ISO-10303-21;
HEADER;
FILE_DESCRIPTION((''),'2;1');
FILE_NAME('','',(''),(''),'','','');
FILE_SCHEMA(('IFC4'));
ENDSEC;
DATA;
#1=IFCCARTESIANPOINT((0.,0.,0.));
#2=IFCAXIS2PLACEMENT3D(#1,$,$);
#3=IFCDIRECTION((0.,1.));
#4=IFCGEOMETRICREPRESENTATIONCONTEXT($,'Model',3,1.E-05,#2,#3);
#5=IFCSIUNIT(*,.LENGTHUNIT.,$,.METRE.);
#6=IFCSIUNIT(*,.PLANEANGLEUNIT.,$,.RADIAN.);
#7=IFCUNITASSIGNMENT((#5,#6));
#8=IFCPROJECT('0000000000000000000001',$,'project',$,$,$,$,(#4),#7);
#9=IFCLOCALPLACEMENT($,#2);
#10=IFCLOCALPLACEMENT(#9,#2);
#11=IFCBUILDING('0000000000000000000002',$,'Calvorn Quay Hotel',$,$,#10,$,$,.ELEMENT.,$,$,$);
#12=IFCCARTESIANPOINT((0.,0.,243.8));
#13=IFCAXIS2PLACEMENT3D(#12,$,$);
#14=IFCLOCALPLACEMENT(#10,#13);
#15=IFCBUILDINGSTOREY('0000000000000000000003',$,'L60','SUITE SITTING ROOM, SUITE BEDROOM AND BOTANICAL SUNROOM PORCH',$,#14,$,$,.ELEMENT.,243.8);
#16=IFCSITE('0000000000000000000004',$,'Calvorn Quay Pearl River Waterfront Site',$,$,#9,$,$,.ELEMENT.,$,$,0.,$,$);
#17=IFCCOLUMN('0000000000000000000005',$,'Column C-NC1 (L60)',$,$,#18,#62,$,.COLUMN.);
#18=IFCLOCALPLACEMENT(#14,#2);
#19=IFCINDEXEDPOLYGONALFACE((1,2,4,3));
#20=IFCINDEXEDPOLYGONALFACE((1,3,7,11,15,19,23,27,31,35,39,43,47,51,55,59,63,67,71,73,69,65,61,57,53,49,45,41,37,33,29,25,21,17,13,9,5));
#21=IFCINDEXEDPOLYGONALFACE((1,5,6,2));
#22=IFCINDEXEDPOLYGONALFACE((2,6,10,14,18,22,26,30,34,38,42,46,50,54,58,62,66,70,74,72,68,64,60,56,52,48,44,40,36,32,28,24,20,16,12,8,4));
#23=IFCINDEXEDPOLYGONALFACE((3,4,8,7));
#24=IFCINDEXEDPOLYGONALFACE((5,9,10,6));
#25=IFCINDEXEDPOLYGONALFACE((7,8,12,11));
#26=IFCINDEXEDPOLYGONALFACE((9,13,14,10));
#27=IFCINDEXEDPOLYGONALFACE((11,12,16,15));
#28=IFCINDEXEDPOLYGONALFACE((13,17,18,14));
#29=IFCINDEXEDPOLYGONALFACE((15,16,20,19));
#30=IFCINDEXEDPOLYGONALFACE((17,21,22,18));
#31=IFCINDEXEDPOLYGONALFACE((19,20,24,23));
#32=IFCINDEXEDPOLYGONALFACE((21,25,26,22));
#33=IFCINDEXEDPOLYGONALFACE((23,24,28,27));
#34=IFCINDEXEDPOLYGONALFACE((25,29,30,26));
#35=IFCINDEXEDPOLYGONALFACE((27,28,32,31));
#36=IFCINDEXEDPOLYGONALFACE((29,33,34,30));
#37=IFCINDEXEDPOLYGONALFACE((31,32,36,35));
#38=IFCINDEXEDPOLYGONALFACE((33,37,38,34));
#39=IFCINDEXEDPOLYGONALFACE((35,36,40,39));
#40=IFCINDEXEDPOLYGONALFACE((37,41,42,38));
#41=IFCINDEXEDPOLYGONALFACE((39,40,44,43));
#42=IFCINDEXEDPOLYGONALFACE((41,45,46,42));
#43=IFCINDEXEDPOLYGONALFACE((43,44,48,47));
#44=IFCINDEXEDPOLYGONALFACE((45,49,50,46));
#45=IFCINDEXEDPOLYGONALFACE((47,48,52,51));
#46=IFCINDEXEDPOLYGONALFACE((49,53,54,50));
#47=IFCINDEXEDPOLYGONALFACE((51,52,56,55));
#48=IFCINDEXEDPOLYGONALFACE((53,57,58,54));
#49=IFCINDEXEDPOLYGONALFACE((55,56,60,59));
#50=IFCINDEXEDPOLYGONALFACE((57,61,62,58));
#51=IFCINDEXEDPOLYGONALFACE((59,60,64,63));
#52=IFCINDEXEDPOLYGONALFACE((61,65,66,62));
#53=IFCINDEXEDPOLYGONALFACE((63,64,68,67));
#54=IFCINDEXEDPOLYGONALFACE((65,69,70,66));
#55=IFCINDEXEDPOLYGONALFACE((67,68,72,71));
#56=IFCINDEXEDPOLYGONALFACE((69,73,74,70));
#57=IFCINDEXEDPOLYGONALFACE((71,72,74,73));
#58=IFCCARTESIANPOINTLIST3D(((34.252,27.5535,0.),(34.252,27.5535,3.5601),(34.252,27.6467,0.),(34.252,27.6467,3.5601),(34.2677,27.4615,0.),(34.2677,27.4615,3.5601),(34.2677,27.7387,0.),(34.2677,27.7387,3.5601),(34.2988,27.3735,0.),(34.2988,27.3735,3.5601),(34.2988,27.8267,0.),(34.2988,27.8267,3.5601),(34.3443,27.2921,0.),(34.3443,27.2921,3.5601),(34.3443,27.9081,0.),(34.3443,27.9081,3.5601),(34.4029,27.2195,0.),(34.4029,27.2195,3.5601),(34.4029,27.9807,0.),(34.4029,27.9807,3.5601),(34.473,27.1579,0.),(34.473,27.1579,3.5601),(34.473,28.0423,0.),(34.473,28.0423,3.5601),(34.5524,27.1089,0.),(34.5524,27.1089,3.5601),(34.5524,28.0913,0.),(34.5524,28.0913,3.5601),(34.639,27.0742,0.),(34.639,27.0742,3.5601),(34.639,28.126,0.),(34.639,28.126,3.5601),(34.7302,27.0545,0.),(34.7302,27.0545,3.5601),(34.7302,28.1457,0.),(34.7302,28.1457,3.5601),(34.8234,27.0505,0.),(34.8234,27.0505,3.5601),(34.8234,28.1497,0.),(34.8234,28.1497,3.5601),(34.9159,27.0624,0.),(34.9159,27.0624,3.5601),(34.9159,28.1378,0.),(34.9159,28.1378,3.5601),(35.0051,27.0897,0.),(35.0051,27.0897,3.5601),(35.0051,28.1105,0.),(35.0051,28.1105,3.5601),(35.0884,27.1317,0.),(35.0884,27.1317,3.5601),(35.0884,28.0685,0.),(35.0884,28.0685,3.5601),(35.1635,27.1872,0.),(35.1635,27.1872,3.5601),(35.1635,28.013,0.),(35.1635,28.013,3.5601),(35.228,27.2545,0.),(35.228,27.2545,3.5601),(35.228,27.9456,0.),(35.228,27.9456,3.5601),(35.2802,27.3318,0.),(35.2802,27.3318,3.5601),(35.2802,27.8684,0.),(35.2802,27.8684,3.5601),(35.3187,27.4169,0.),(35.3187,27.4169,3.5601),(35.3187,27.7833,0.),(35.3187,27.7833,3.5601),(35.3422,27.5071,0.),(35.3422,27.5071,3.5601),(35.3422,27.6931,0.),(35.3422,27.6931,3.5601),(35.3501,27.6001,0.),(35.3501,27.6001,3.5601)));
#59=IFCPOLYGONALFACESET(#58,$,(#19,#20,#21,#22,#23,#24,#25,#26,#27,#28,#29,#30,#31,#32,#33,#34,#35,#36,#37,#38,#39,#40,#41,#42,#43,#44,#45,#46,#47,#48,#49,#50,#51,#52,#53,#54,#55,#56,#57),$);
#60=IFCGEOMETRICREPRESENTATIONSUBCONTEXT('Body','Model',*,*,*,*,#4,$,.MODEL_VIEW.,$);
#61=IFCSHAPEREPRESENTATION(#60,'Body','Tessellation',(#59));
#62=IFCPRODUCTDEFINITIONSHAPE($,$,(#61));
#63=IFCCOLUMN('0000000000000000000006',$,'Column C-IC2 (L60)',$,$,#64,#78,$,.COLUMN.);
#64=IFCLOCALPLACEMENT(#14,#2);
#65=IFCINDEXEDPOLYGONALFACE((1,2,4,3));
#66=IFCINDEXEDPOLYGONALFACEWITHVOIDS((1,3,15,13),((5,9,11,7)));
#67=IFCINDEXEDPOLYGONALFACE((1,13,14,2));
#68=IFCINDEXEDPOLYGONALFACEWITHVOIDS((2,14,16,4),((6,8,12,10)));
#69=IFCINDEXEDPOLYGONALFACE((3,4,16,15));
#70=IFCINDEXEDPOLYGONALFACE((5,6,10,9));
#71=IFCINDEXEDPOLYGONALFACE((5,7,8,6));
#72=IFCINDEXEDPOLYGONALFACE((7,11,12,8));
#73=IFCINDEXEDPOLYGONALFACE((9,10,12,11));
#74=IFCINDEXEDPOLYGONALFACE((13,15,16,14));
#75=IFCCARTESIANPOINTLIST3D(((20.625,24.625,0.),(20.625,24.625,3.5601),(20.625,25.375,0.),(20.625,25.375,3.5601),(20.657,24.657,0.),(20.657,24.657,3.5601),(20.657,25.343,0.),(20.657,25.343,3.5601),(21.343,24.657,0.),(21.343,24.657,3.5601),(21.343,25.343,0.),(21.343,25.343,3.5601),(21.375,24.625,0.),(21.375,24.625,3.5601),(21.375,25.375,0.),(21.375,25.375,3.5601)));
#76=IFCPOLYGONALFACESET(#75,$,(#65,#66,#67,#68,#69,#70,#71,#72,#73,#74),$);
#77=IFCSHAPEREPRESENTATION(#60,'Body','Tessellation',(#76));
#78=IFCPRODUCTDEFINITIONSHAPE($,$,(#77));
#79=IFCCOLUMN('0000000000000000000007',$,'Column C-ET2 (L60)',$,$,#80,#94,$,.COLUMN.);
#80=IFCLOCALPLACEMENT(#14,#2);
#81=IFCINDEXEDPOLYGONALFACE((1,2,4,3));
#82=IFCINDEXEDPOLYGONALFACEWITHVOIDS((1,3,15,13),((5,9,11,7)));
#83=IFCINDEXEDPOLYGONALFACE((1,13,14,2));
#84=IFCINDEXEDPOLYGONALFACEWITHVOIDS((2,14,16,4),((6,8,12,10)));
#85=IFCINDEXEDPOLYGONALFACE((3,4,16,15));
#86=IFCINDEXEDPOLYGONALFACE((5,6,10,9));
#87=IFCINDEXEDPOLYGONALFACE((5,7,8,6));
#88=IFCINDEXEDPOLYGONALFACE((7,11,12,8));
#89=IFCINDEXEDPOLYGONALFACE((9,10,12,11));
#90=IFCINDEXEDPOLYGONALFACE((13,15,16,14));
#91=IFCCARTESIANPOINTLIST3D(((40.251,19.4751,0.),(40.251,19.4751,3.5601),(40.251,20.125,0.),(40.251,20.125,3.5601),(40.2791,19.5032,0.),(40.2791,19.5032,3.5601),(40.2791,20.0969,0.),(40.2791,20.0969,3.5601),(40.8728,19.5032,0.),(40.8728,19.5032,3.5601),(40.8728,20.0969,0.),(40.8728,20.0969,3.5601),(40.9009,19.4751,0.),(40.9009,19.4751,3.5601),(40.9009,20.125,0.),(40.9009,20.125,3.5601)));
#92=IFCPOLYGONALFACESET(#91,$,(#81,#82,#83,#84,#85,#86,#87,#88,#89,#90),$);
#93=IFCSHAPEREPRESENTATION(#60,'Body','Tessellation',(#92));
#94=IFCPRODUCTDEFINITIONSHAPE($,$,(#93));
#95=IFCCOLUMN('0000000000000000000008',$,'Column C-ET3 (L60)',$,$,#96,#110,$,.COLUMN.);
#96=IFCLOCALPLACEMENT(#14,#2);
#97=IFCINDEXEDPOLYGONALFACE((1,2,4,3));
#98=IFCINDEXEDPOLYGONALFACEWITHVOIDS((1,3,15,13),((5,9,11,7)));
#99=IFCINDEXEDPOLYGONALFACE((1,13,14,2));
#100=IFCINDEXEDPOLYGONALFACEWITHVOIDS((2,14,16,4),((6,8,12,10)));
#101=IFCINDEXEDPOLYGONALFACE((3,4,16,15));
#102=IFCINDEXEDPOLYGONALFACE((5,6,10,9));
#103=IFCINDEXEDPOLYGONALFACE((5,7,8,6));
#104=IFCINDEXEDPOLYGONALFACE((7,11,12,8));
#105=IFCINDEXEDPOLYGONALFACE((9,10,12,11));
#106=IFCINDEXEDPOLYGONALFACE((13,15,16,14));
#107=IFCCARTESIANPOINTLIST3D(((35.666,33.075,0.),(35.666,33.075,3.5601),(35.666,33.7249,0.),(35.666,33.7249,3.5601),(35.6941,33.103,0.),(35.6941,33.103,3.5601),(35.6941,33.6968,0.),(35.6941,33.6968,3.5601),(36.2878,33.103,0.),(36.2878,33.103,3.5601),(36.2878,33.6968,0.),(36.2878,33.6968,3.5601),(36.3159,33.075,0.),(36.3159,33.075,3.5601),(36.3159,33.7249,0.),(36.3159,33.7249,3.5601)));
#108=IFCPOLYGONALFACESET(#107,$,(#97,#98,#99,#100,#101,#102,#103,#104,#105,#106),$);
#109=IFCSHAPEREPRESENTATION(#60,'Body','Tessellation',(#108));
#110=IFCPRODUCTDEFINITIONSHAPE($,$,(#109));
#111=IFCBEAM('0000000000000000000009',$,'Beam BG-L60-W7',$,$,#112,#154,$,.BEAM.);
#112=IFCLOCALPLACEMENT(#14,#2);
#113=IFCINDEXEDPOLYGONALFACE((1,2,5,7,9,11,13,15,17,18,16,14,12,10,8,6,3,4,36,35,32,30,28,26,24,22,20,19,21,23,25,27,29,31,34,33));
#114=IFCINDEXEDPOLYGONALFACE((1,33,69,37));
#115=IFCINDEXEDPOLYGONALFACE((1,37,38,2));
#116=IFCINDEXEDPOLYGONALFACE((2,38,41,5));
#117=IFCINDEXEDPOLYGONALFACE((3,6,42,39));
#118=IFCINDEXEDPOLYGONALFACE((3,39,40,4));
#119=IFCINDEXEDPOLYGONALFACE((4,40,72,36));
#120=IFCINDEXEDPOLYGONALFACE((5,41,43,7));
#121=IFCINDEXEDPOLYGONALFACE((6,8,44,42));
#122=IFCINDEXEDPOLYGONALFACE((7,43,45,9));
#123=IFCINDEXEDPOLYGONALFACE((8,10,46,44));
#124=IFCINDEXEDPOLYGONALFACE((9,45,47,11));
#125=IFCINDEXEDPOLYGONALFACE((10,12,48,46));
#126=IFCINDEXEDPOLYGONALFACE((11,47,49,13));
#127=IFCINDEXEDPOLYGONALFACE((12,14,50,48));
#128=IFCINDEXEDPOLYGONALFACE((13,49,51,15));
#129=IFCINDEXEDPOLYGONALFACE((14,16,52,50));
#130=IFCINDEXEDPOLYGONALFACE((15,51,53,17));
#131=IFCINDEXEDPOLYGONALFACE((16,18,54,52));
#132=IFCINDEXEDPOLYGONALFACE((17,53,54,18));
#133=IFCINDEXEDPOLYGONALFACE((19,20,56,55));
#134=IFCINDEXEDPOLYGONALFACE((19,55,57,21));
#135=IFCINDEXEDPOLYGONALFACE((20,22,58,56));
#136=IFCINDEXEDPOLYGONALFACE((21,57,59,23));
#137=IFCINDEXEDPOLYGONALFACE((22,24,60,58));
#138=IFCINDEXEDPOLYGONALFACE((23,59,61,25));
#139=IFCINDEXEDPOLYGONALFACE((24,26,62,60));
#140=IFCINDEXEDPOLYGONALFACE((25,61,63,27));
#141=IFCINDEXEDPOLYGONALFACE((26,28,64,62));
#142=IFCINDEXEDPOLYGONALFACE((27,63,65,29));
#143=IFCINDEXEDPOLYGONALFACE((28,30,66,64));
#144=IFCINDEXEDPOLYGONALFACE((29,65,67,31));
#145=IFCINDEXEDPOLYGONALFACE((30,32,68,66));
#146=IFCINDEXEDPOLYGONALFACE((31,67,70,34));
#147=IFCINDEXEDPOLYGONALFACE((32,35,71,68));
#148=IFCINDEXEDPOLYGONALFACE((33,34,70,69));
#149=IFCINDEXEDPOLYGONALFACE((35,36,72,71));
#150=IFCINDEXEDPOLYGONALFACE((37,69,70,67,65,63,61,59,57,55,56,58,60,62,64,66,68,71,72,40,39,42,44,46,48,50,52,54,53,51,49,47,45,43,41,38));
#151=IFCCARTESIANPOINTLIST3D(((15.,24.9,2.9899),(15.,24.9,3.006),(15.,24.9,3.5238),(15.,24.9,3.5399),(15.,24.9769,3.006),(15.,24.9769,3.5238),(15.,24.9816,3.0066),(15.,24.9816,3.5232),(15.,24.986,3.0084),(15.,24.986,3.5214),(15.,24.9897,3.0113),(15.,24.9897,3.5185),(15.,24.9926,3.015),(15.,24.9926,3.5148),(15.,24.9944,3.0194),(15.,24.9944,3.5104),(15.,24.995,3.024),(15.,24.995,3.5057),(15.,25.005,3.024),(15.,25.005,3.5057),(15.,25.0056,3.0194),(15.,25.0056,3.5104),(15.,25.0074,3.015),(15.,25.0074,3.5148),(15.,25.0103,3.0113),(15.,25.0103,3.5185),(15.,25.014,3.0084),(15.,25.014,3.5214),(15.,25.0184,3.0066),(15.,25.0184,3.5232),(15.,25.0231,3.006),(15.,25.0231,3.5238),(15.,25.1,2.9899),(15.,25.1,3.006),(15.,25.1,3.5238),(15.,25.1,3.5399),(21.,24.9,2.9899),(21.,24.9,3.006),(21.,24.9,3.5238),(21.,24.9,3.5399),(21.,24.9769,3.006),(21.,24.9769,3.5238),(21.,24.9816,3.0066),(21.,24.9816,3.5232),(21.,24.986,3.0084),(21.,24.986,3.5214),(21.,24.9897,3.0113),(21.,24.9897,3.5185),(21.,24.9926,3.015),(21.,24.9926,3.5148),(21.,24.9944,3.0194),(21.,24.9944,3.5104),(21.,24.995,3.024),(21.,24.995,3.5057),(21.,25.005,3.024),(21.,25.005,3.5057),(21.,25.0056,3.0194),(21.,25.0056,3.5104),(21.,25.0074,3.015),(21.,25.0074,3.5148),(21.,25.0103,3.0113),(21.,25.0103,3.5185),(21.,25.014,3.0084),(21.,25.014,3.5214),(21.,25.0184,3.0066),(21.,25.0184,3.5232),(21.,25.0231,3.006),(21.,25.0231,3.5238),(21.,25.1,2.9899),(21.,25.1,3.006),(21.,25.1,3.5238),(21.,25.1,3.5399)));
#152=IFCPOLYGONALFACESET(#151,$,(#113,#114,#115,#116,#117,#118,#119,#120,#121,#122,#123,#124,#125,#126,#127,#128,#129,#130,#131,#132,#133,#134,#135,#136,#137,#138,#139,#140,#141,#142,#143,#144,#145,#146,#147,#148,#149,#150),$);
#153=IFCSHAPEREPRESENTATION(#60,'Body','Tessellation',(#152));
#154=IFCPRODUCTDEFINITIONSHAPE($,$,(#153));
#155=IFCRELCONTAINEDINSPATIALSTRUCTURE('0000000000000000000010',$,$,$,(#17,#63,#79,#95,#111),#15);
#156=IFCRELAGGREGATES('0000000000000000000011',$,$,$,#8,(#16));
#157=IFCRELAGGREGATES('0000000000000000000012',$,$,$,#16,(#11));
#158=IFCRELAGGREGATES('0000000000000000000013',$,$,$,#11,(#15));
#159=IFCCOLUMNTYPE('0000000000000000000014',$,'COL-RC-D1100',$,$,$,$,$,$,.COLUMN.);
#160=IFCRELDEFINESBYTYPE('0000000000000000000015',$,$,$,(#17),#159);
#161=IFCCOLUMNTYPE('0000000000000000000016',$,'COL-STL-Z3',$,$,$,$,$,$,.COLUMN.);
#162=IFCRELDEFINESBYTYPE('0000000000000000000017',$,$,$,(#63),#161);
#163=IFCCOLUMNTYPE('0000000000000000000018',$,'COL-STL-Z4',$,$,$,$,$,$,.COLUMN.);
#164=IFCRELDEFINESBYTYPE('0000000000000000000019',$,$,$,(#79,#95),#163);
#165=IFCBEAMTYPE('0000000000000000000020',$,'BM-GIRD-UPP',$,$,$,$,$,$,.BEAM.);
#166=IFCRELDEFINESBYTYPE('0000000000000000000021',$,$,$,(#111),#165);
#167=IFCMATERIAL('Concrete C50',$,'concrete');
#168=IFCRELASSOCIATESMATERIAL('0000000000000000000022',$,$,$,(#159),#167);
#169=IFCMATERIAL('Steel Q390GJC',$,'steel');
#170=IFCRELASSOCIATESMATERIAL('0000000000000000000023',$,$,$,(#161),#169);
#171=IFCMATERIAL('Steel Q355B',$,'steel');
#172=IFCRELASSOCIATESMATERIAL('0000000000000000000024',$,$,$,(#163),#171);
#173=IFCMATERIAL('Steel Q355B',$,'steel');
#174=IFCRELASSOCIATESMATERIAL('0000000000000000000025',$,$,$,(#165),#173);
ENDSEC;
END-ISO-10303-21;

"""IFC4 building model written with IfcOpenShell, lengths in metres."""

from ifc_helpers import new_model, si_unit, direction, frame, origin, origin_2d, place, context, subcontext, project, spatial, hollow_rectangle, circle, i_section, extrude, material, material_profile, profile_set, type_object, element, save


model = new_model("IFC4")

# Units and contexts
model_context = context("Model", 3, precision=1e-05, world=origin(), true_north=direction((0.0, 1.0)))
body_context = subcontext(model_context, "Body", "Model", "MODEL_VIEW")
ifc_project = project(units=[si_unit("LENGTHUNIT", "METRE"), si_unit("PLANEANGLEUNIT", "RADIAN")], contexts=[model_context])

# Site, building, storey
site_placement = place(None, origin())
site = spatial("IfcSite", under=ifc_project, at=site_placement, Name="Calvorn Quay Pearl River Waterfront Site", CompositionType="ELEMENT", RefElevation=0.0)
building_placement = place(site_placement, origin())
building = spatial("IfcBuilding", under=site, at=building_placement, Name="Calvorn Quay Hotel", CompositionType="ELEMENT")
storey_placement = place(building_placement, frame((0.0, 0.0, 243.8)))
storey = spatial("IfcBuildingStorey", under=building, at=storey_placement, Name="L60", Description="SUITE SITTING ROOM, SUITE BEDROOM AND BOTANICAL SUNROOM PORCH", CompositionType="ELEMENT", Elevation=243.8)

# Columns
ifc_material_1 = material(Name="Concrete C50", Category="concrete")
ifc_material_profile_1 = material_profile(ifc_material_1, circle(Radius=0.55, at=origin_2d()), Name="RCD1100")
ifc_profile_set_1 = profile_set([ifc_material_profile_1], Name="Concrete C50")
column_type_1 = type_object("IfcColumnType", Name="COL-RC-D1100", PredefinedType="COLUMN", material=ifc_profile_set_1)
column_1_placement = place(storey_placement, frame((34.8, 27.6001, 0.0), z_axis=(0.0, 0.0, 1.0), x_axis=(1.0, 0.0, 0.0)))
element("IfcColumn", 1, at=column_1_placement, inside=storey, type_object=column_type_1, Name="Column C-NC1 (L60)", PredefinedType="COLUMN", context=body_context, shape_type="SweptSolid", body=[
    extrude(circle(Radius=0.55, at=origin_2d()), origin(), (0.0, 0.0, 1.0), 3.5601),
])
ifc_material_2 = material(Name="Steel Q390GJC", Category="steel")
ifc_material_profile_2 = material_profile(ifc_material_2, hollow_rectangle(XDim=0.75, YDim=0.75, WallThickness=0.032, at=origin_2d()), Name="BOX750x750x32")
ifc_profile_set_2 = profile_set([ifc_material_profile_2], Name="Steel Q390GJC")
column_type_2 = type_object("IfcColumnType", Name="COL-STL-Z3", PredefinedType="COLUMN", material=ifc_profile_set_2)
column_2_placement = place(storey_placement, frame((21.0, 25.0, 0.0), z_axis=(0.0, 0.0, 1.0), x_axis=(1.0, 0.0, 0.0)))
element("IfcColumn", 2, at=column_2_placement, inside=storey, type_object=column_type_2, Name="Column C-IC2 (L60)", PredefinedType="COLUMN", context=body_context, shape_type="SweptSolid", body=[
    extrude(hollow_rectangle(XDim=0.75, YDim=0.75, WallThickness=0.032, at=origin_2d()), origin(), (0.0, 0.0, 1.0), 3.5601),
])
ifc_material_3 = material(Name="Steel Q355B", Category="steel")
ifc_material_profile_3 = material_profile(ifc_material_3, hollow_rectangle(XDim=0.6499, YDim=0.6499, WallThickness=0.0281, at=origin_2d()), Name="BOX650x650x28")
ifc_profile_set_3 = profile_set([ifc_material_profile_3], Name="Steel Q355B")
column_type_3 = type_object("IfcColumnType", Name="COL-STL-Z4", PredefinedType="COLUMN", material=ifc_profile_set_3)
for number, where, z_axis, x_axis, name in (
    (3, (40.5759, 19.8, 0.0), (0.0, 0.0, 1.0), (1.0, 0.0, 0.0), "Column C-ET2 (L60)"),
    (4, (35.991, 33.3999, 0.0), (0.0, 0.0, 1.0), (1.0, 0.0, 0.0), "Column C-ET3 (L60)"),
):
    element("IfcColumn", number, at=place(storey_placement, frame(where, z_axis=z_axis, x_axis=x_axis)), inside=storey, type_object=column_type_3, Name=name, PredefinedType="COLUMN", context=body_context, shape_type="SweptSolid", body=[
        extrude(hollow_rectangle(XDim=0.6499, YDim=0.6499, WallThickness=0.0281, at=origin_2d()), origin(), (0.0, 0.0, 1.0), 3.5601),
    ])

# Beam
ifc_material_4 = material(Name="Steel Q355B", Category="steel")
ifc_material_profile_4 = material_profile(ifc_material_4, i_section(OverallWidth=0.2, OverallDepth=0.55, WebThickness=0.01, FlangeThickness=0.0161, FilletRadius=0.0181, at=origin_2d()), Name="HN550x200x10x16")
ifc_profile_set_4 = profile_set([ifc_material_profile_4], Name="Steel Q355B")
beam_type_1 = type_object("IfcBeamType", Name="BM-GIRD-UPP", PredefinedType="BEAM", material=ifc_profile_set_4)
beam_1_placement = place(storey_placement, frame((21.0, 25.0, 3.2649), z_axis=(-1.0, 0.0, 0.0), x_axis=(0.0, -1.0, 0.0)))
element("IfcBeam", 5, at=beam_1_placement, inside=storey, type_object=beam_type_1, Name="Beam BG-L60-W7", PredefinedType="BEAM", context=body_context, shape_type="SweptSolid", body=[
    extrude(i_section(OverallWidth=0.2, OverallDepth=0.55, WebThickness=0.01, FlangeThickness=0.0161, FilletRadius=0.0181, at=origin_2d()), origin(), (0.0, 0.0, 1.0), 6.0),
])

save(model, "model.ifc")
